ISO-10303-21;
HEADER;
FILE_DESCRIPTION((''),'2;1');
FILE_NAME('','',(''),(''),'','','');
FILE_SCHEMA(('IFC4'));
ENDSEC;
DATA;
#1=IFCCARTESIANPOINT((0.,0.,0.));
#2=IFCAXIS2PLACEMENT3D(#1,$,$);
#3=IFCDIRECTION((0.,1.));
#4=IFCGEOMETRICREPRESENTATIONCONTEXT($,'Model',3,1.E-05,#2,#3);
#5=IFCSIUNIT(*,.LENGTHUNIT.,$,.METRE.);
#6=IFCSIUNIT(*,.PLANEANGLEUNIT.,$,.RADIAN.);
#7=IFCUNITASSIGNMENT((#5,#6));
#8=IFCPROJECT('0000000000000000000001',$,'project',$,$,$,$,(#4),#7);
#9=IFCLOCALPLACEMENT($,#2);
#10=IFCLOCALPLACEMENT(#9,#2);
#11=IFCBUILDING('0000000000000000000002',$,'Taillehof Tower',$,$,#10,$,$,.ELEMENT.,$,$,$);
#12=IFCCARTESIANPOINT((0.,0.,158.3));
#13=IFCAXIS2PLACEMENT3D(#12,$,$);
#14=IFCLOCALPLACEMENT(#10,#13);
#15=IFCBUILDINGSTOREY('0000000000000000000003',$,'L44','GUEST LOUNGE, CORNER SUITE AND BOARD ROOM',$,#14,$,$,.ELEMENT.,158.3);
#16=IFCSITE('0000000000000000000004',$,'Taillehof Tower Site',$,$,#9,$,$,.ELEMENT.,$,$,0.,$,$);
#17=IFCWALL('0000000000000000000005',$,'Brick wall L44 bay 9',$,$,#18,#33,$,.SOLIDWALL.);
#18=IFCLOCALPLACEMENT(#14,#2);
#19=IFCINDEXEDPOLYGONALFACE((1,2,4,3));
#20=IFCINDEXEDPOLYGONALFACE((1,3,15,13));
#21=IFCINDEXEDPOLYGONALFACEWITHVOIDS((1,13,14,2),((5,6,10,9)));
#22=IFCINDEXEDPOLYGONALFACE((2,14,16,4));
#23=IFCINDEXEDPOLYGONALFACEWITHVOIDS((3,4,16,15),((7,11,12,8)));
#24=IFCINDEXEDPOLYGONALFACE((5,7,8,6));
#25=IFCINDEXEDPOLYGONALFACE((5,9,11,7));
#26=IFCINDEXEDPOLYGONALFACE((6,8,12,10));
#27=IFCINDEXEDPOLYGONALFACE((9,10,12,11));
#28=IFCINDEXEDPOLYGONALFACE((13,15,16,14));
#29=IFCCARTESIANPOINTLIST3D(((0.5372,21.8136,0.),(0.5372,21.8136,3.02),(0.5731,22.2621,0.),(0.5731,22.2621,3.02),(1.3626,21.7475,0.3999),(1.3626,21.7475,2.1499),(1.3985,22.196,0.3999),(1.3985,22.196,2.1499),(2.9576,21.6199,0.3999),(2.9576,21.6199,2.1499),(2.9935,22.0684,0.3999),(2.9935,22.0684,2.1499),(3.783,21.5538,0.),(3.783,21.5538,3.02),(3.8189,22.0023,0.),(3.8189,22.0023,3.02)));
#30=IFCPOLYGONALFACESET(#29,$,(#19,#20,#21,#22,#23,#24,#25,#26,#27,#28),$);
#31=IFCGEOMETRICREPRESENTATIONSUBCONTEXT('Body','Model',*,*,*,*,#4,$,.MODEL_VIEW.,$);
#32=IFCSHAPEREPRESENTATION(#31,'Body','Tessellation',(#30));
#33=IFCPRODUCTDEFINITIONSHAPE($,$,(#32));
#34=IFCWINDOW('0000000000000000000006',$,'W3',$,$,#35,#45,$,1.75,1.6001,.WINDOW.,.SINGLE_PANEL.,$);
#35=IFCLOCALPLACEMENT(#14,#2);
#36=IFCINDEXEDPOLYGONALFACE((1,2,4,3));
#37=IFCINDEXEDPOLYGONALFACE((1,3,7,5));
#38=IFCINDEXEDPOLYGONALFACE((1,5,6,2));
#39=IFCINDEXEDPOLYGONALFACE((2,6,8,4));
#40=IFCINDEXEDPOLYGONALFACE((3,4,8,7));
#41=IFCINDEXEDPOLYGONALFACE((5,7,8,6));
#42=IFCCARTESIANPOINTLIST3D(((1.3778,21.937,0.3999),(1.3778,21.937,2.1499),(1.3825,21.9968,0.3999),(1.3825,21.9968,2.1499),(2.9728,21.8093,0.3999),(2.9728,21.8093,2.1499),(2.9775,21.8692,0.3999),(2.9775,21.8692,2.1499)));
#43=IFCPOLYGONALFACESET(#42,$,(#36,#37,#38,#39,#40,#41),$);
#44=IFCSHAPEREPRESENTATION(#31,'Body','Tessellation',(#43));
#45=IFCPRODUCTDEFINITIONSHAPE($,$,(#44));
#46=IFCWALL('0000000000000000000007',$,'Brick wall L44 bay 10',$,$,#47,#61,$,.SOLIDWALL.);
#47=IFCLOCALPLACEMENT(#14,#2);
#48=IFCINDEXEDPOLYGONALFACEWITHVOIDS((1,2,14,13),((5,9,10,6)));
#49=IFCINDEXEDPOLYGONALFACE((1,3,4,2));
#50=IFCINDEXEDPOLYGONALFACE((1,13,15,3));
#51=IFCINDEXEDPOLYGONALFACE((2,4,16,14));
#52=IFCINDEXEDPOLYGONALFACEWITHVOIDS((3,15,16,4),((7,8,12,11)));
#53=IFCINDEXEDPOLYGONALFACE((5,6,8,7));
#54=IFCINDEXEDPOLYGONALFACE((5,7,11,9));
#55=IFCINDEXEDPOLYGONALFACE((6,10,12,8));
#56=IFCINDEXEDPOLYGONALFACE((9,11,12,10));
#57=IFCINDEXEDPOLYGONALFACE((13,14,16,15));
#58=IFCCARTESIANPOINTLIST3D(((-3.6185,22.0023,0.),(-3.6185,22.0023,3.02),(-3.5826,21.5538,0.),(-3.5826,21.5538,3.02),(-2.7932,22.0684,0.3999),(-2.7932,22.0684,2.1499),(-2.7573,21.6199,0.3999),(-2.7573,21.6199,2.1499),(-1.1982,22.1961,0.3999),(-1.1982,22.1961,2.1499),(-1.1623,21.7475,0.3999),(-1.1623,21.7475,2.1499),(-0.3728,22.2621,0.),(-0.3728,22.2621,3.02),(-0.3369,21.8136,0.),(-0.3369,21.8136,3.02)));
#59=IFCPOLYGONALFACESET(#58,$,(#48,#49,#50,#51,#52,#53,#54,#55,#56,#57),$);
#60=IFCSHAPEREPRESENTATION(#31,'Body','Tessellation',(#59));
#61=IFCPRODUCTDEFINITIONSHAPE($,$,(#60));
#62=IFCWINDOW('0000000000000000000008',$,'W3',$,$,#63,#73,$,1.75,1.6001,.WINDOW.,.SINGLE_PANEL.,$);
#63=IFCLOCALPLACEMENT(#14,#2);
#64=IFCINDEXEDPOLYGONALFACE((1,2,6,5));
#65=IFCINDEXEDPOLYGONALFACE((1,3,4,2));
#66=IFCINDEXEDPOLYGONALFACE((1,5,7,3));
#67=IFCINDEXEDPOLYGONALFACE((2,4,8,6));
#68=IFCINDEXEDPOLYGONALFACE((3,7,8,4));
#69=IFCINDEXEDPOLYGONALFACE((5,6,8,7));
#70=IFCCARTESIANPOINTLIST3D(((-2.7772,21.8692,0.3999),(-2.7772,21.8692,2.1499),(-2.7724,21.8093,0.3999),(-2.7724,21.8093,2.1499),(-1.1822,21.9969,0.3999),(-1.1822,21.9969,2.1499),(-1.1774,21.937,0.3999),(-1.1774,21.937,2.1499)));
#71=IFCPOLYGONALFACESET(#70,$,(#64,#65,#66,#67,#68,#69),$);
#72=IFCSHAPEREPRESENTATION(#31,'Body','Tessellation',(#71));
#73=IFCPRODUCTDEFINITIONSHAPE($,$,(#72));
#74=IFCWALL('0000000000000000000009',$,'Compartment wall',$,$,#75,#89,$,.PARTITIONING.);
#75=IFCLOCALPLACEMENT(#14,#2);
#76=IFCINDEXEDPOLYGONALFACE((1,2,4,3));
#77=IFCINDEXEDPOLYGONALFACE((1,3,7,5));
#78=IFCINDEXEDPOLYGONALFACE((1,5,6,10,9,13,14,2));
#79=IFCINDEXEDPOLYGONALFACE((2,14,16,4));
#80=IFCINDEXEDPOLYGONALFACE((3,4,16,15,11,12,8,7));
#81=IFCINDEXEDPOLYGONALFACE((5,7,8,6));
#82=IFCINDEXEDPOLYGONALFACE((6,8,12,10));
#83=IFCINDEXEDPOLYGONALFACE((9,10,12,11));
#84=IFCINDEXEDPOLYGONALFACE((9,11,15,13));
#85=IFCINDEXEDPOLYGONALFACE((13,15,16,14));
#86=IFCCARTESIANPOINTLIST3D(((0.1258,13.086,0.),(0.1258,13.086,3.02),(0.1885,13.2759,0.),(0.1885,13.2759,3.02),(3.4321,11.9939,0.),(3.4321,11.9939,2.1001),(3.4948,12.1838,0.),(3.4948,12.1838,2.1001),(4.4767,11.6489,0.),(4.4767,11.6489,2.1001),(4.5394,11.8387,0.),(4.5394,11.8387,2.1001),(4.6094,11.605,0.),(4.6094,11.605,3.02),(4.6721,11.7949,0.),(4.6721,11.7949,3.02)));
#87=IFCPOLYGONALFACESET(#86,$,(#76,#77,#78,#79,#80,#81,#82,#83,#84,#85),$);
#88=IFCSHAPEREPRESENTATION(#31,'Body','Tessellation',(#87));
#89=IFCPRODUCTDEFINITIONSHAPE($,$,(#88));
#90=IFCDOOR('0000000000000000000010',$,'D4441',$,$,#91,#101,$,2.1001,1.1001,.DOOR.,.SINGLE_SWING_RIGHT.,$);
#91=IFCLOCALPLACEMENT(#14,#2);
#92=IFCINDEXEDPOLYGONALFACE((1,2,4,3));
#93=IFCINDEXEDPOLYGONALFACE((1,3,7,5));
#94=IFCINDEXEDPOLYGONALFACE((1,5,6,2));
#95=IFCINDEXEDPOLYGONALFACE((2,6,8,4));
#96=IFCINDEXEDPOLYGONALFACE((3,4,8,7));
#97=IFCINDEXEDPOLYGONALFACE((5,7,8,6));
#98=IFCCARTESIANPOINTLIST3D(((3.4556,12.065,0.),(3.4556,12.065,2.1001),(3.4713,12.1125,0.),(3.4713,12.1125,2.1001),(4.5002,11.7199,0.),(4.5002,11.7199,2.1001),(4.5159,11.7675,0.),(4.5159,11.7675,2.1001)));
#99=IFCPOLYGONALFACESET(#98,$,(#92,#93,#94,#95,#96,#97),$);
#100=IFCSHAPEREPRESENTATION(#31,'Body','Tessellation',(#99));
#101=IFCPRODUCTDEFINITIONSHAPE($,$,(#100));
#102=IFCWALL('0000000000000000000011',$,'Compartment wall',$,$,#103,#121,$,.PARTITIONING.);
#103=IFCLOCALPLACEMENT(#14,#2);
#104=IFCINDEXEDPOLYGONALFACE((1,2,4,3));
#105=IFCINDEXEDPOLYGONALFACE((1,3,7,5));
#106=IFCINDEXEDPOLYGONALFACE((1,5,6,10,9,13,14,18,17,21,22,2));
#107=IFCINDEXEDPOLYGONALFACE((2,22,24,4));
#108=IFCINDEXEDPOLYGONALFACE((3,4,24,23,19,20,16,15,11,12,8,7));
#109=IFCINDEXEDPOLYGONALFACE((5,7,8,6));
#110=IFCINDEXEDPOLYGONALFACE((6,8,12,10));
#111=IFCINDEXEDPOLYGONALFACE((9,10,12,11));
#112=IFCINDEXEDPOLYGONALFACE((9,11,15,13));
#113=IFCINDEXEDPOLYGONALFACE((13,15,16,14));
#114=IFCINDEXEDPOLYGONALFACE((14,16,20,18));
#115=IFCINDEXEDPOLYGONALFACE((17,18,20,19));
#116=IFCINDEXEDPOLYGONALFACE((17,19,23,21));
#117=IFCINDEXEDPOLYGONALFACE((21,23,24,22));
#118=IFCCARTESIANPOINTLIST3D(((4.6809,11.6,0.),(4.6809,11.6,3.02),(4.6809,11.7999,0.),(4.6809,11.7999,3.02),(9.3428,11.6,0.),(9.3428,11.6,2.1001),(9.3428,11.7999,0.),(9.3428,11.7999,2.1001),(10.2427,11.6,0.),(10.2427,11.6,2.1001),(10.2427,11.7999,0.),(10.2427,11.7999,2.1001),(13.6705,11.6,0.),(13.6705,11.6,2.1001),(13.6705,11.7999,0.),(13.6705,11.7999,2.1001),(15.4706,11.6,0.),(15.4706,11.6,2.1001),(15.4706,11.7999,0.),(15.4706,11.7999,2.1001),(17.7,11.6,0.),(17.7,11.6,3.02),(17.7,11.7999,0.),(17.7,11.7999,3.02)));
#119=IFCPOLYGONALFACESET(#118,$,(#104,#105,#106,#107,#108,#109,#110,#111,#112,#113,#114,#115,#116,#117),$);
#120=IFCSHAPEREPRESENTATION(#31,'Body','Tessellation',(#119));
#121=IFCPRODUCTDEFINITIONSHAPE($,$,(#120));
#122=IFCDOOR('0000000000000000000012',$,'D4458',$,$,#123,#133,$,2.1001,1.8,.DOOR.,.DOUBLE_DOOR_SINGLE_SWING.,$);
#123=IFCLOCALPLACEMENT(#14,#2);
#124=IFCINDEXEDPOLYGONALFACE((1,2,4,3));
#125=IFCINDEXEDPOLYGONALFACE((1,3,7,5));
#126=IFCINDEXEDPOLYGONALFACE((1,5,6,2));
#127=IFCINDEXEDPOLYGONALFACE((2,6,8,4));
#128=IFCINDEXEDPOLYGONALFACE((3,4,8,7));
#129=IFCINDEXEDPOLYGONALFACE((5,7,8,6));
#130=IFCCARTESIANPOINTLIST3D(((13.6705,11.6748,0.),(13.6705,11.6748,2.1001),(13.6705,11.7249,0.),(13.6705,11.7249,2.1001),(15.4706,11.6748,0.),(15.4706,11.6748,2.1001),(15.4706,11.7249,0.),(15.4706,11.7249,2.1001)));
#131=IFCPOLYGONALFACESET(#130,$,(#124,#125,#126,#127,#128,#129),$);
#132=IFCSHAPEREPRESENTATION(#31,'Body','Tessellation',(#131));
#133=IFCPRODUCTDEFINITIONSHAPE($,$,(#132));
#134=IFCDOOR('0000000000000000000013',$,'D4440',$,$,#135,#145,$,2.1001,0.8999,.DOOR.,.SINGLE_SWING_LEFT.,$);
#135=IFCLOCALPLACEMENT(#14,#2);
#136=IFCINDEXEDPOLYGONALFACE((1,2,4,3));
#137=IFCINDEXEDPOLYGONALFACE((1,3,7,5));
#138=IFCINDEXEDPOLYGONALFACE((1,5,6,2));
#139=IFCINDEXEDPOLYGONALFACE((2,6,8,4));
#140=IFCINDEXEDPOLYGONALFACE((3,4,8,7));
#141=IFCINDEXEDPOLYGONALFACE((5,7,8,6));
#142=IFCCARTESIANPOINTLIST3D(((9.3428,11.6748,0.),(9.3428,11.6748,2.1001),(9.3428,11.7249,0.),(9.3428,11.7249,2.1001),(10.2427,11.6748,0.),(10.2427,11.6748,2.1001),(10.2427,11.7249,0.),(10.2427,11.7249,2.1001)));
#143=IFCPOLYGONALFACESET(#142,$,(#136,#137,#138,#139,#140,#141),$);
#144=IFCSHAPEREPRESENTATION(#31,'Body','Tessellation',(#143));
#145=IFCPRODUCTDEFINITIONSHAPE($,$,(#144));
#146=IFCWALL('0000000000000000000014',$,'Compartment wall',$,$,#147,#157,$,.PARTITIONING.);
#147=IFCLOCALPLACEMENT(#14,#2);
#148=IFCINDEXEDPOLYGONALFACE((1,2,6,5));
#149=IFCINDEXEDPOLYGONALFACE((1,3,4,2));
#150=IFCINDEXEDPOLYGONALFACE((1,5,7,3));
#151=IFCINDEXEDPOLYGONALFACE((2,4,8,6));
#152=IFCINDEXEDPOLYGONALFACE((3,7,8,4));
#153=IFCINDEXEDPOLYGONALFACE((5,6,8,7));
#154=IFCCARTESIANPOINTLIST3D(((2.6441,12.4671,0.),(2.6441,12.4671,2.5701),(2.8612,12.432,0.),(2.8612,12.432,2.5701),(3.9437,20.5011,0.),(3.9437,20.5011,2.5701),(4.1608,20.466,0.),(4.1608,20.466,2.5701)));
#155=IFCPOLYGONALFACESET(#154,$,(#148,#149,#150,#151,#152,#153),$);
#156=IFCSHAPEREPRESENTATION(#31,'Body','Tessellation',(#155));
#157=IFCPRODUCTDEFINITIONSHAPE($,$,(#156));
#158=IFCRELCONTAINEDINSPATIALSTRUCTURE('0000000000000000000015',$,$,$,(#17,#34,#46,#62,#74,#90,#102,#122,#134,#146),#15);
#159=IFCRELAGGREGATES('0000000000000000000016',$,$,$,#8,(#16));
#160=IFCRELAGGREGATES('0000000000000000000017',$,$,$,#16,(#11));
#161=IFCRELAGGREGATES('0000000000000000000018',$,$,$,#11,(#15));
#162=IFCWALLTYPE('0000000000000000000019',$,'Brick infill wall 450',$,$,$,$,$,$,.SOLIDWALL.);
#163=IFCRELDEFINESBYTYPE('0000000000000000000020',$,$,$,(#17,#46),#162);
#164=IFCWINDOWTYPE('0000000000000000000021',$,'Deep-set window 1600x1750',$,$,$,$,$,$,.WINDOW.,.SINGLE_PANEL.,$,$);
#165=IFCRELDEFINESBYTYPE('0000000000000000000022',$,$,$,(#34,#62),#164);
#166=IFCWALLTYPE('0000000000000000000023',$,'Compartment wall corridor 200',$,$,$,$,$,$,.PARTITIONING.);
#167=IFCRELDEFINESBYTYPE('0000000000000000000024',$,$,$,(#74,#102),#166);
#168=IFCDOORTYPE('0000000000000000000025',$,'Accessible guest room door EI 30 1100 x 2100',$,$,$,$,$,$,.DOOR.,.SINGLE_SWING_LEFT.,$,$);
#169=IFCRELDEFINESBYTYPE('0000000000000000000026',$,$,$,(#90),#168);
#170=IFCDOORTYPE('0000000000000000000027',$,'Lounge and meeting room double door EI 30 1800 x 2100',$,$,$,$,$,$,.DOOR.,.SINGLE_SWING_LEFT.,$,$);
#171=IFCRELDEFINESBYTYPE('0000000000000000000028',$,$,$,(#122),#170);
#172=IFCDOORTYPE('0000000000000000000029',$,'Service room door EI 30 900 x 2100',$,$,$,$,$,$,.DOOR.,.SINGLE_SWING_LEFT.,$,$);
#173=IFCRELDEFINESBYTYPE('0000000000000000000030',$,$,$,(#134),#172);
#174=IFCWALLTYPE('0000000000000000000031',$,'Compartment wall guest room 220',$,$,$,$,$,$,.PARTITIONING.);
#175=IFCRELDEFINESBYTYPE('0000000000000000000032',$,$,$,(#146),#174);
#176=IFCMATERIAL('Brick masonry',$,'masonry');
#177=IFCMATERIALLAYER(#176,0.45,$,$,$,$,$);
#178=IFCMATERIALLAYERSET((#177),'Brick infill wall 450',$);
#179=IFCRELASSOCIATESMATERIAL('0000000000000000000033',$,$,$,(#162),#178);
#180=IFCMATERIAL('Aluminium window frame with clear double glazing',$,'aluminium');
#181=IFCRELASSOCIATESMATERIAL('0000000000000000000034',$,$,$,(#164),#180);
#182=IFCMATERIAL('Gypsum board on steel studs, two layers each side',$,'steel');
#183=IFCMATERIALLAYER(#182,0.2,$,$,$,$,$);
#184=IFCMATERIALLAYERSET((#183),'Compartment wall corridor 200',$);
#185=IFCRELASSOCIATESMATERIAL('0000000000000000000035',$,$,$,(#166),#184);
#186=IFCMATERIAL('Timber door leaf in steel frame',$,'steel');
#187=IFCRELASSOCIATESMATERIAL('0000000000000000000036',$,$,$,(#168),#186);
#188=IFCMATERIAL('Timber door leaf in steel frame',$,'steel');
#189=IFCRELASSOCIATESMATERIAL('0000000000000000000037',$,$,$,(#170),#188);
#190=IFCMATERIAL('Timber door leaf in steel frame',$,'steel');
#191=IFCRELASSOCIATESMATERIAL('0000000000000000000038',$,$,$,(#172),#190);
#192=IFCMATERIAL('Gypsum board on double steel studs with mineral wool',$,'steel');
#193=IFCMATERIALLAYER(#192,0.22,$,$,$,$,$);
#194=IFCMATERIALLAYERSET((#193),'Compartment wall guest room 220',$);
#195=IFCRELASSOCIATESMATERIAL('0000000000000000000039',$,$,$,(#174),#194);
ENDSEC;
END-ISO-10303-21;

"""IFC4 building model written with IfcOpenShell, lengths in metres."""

from ifc_helpers import new_model, si_unit, direction, frame, frame_2d, origin, place, context, subcontext, project, spatial, rectangle, extrude, material, layer, layer_set, type_object, element, fill, save


model = new_model("IFC4")

# Units and contexts
model_context = context("Model", 3, precision=1e-05, world=origin(), true_north=direction((0.0, 1.0)))
body_context = subcontext(model_context, "Body", "Model", "MODEL_VIEW")
ifc_project = project(units=[si_unit("LENGTHUNIT", "METRE"), si_unit("PLANEANGLEUNIT", "RADIAN")], contexts=[model_context])

# Site, building, storey
site_placement = place(None, origin())
site = spatial("IfcSite", under=ifc_project, at=site_placement, Name="Taillehof Tower Site", CompositionType="ELEMENT", RefElevation=0.0)
building_placement = place(site_placement, origin())
building = spatial("IfcBuilding", under=site, at=building_placement, Name="Taillehof Tower", CompositionType="ELEMENT")
storey_placement = place(building_placement, frame((0.0, 0.0, 158.3)))
storey = spatial("IfcBuildingStorey", under=building, at=storey_placement, Name="L44", Description="GUEST LOUNGE, CORNER SUITE AND BOARD ROOM", CompositionType="ELEMENT", Elevation=158.3)

# Walls, openings, windows
ifc_material_1 = material(Name="Brick masonry", Category="masonry")
ifc_layer_1 = layer(ifc_material_1, 0.45)
ifc_layer_set_1 = layer_set([ifc_layer_1], Name="Brick infill wall 450")
wall_type_1 = type_object("IfcWallType", Name="Brick infill wall 450", PredefinedType="SOLIDWALL", material=ifc_layer_set_1)
ifc_material_2 = material(Name="Aluminium window frame with clear double glazing", Category="aluminium")
window_type = type_object("IfcWindowType", Name="Deep-set window 1600x1750", PartitioningType="SINGLE_PANEL", PredefinedType="WINDOW", material=ifc_material_2)
wall_1_placement = place(storey_placement, frame((3.8008, 21.7781, 0.0), z_axis=(0.0, 0.0, 1.0), x_axis=(-0.996812, 0.079781, 0.0)))
wall_1 = element("IfcWall", 1, at=wall_1_placement, inside=storey, type_object=wall_type_1, Name="Brick wall L44 bay 9", PredefinedType="SOLIDWALL", context=body_context, shape_type="SweptSolid", body=[
    extrude(rectangle(XDim=3.2561, YDim=0.45, at=frame_2d((1.6279, 0.0))), origin(), (0.0, 0.0, 1.0), 3.02),
])
opening_1_placement = place(wall_1_placement, frame((0.8279, 0.0, 0.3999)))
opening_1 = element("IfcOpeningElement", 2, at=opening_1_placement, cuts=wall_1, PredefinedType="OPENING", context=body_context, shape_type="SweptSolid", body=[
    extrude(rectangle(XDim=1.6001, YDim=1.75, at=frame_2d((0.8, 0.875))), frame((0.0, 0.2349, 0.0), z_axis=(0.0, -1.0, 0.0), x_axis=(1.0, 0.0, 0.0)), (0.0, 0.0, 1.0), 0.47),
])
window_1_placement = place(opening_1_placement, origin())
window_1 = element("IfcWindow", 3, at=window_1_placement, inside=storey, type_object=window_type, Name="W3", OverallHeight=1.75, OverallWidth=1.6001, PartitioningType="SINGLE_PANEL", PredefinedType="WINDOW", context=body_context, shape_type="SweptSolid", body=[
    extrude(rectangle(XDim=1.6001, YDim=1.75, at=frame_2d((0.8, 0.875))), frame((0.0, 0.0349, 0.0), z_axis=(0.0, -1.0, 0.0), x_axis=(1.0, 0.0, 0.0)), (0.0, 0.0, 1.0), 0.0601),
])
fill(opening_1, window_1)
wall_2_placement = place(storey_placement, frame((-0.355, 22.0378, 0.0), z_axis=(0.0, 0.0, 1.0), x_axis=(-0.996812, -0.079781, 0.0)))
wall_2 = element("IfcWall", 4, at=wall_2_placement, inside=storey, type_object=wall_type_1, Name="Brick wall L44 bay 10", PredefinedType="SOLIDWALL", context=body_context, shape_type="SweptSolid", body=[
    extrude(rectangle(XDim=3.2561, YDim=0.45, at=frame_2d((1.6279, 0.0))), origin(), (0.0, 0.0, 1.0), 3.02),
])
opening_2_placement = place(wall_2_placement, frame((0.8279, 0.0, 0.3999)))
opening_2 = element("IfcOpeningElement", 5, at=opening_2_placement, cuts=wall_2, PredefinedType="OPENING", context=body_context, shape_type="SweptSolid", body=[
    extrude(rectangle(XDim=1.6001, YDim=1.75, at=frame_2d((0.8, 0.875))), frame((0.0, 0.2349, 0.0), z_axis=(0.0, -1.0, 0.0), x_axis=(1.0, 0.0, 0.0)), (0.0, 0.0, 1.0), 0.47),
])
window_2_placement = place(opening_2_placement, origin())
window_2 = element("IfcWindow", 6, at=window_2_placement, inside=storey, type_object=window_type, Name="W3", OverallHeight=1.75, OverallWidth=1.6001, PartitioningType="SINGLE_PANEL", PredefinedType="WINDOW", context=body_context, shape_type="SweptSolid", body=[
    extrude(rectangle(XDim=1.6001, YDim=1.75, at=frame_2d((0.8, 0.875))), frame((0.0, 0.0349, 0.0), z_axis=(0.0, -1.0, 0.0), x_axis=(1.0, 0.0, 0.0)), (0.0, 0.0, 1.0), 0.0601),
])
fill(opening_2, window_2)

# Wall, opening, door
ifc_material_3 = material(Name="Gypsum board on steel studs, two layers each side", Category="steel")
ifc_layer_2 = layer(ifc_material_3, 0.2)
ifc_layer_set_2 = layer_set([ifc_layer_2], Name="Compartment wall corridor 200")
wall_type_2 = type_object("IfcWallType", Name="Compartment wall corridor 200", PredefinedType="PARTITIONING", material=ifc_layer_set_2)
wall_3_placement = place(storey_placement, frame((0.1572, 13.1809, 0.0), z_axis=(0.0, 0.0, 1.0), x_axis=(0.949543, -0.313636, 0.0)))
wall_3 = element("IfcWall", 7, at=wall_3_placement, inside=storey, type_object=wall_type_2, Name="Compartment wall", PredefinedType="PARTITIONING", context=body_context, shape_type="SweptSolid", body=[
    extrude(rectangle(XDim=4.7219, YDim=0.2, at=frame_2d((2.3608, 0.0))), origin(), (0.0, 0.0, 1.0), 3.02),
])
opening_3_placement = place(wall_3_placement, frame((3.4819, 0.0, 0.0)))
opening_3 = element("IfcOpeningElement", 8, at=opening_3_placement, cuts=wall_3, PredefinedType="OPENING", context=body_context, shape_type="SweptSolid", body=[
    extrude(rectangle(XDim=1.1001, YDim=2.1001, at=frame_2d((0.55, 1.05))), frame((0.0, 0.1099, 0.0), z_axis=(0.0, -1.0, 0.0), x_axis=(1.0, 0.0, 0.0)), (0.0, 0.0, 1.0), 0.22),
])
ifc_material_4 = material(Name="Timber door leaf in steel frame", Category="steel")
door_type_1 = type_object("IfcDoorType", Name="Accessible guest room door EI 30 1100 x 2100", OperationType="SINGLE_SWING_LEFT", PredefinedType="DOOR", material=ifc_material_4)
door_1_placement = place(opening_3_placement, origin())
door_1 = element("IfcDoor", 9, at=door_1_placement, inside=storey, type_object=door_type_1, Name="D4441", OperationType="SINGLE_SWING_RIGHT", OverallHeight=2.1001, OverallWidth=1.1001, PredefinedType="DOOR", context=body_context, shape_type="SweptSolid", body=[
    extrude(rectangle(XDim=1.1001, YDim=2.1001, at=frame_2d((0.55, 1.05))), frame((0.0, 0.0249, 0.0), z_axis=(0.0, -1.0, 0.0), x_axis=(1.0, 0.0, 0.0)), (0.0, 0.0, 1.0), 0.05),
])
fill(opening_3, door_1)

# Wall, openings, doors
wall_4_placement = place(storey_placement, frame((4.6809, 11.7, 0.0), z_axis=(0.0, 0.0, 1.0), x_axis=(1.0, 0.0, 0.0)))
wall_4 = element("IfcWall", 10, at=wall_4_placement, inside=storey, type_object=wall_type_2, Name="Compartment wall", PredefinedType="PARTITIONING", context=body_context, shape_type="SweptSolid", body=[
    extrude(rectangle(XDim=13.019, YDim=0.2, at=frame_2d((6.5095, 0.0))), origin(), (0.0, 0.0, 1.0), 3.02),
])
opening_4_placement = place(wall_4_placement, frame((4.6619, 0.0, 0.0)))
opening_4 = element("IfcOpeningElement", 11, at=opening_4_placement, cuts=wall_4, PredefinedType="OPENING", context=body_context, shape_type="SweptSolid", body=[
    extrude(rectangle(XDim=0.8999, YDim=2.1001, at=frame_2d((0.45, 1.05))), frame((0.0, 0.1099, 0.0), z_axis=(0.0, -1.0, 0.0), x_axis=(1.0, 0.0, 0.0)), (0.0, 0.0, 1.0), 0.22),
])
opening_5_placement = place(wall_4_placement, frame((8.9897, 0.0, 0.0)))
opening_5 = element("IfcOpeningElement", 12, at=opening_5_placement, cuts=wall_4, PredefinedType="OPENING", context=body_context, shape_type="SweptSolid", body=[
    extrude(rectangle(XDim=1.8, YDim=2.1001, at=frame_2d((0.8999, 1.05))), frame((0.0, 0.1099, 0.0), z_axis=(0.0, -1.0, 0.0), x_axis=(1.0, 0.0, 0.0)), (0.0, 0.0, 1.0), 0.22),
])
ifc_material_5 = material(Name="Timber door leaf in steel frame", Category="steel")
door_type_2 = type_object("IfcDoorType", Name="Lounge and meeting room double door EI 30 1800 x 2100", OperationType="SINGLE_SWING_LEFT", PredefinedType="DOOR", material=ifc_material_5)
door_2_placement = place(opening_5_placement, origin())
door_2 = element("IfcDoor", 13, at=door_2_placement, inside=storey, type_object=door_type_2, Name="D4458", OperationType="DOUBLE_DOOR_SINGLE_SWING", OverallHeight=2.1001, OverallWidth=1.8, PredefinedType="DOOR", context=body_context, shape_type="SweptSolid", body=[
    extrude(rectangle(XDim=1.8, YDim=2.1001, at=frame_2d((0.8999, 1.05))), frame((0.0, 0.0249, 0.0), z_axis=(0.0, -1.0, 0.0), x_axis=(1.0, 0.0, 0.0)), (0.0, 0.0, 1.0), 0.05),
])
fill(opening_5, door_2)
ifc_material_6 = material(Name="Timber door leaf in steel frame", Category="steel")
door_type_3 = type_object("IfcDoorType", Name="Service room door EI 30 900 x 2100", OperationType="SINGLE_SWING_LEFT", PredefinedType="DOOR", material=ifc_material_6)
door_3_placement = place(opening_4_placement, origin())
door_3 = element("IfcDoor", 14, at=door_3_placement, inside=storey, type_object=door_type_3, Name="D4440", OperationType="SINGLE_SWING_LEFT", OverallHeight=2.1001, OverallWidth=0.8999, PredefinedType="DOOR", context=body_context, shape_type="SweptSolid", body=[
    extrude(rectangle(XDim=0.8999, YDim=2.1001, at=frame_2d((0.45, 1.05))), frame((0.0, 0.0249, 0.0), z_axis=(0.0, -1.0, 0.0), x_axis=(1.0, 0.0, 0.0)), (0.0, 0.0, 1.0), 0.05),
])
fill(opening_4, door_3)

# Wall
ifc_material_7 = material(Name="Gypsum board on double steel studs with mineral wool", Category="steel")
ifc_layer_3 = layer(ifc_material_7, 0.22)
ifc_layer_set_3 = layer_set([ifc_layer_3], Name="Compartment wall guest room 220")
wall_type_3 = type_object("IfcWallType", Name="Compartment wall guest room 220", PredefinedType="PARTITIONING", material=ifc_layer_set_3)
wall_5_placement = place(storey_placement, frame((4.0522, 20.4836, 0.0), z_axis=(0.0, 0.0, 1.0), x_axis=(-0.159683, -0.987168, 0.0)))
element("IfcWall", 15, at=wall_5_placement, inside=storey, type_object=wall_type_3, Name="Compartment wall", PredefinedType="PARTITIONING", context=body_context, shape_type="SweptSolid", body=[
    extrude(rectangle(XDim=8.1384, YDim=0.22, at=frame_2d((4.0693, 0.0))), origin(), (0.0, 0.0, 1.0), 2.5701),
])

save(model, "model.ifc")
